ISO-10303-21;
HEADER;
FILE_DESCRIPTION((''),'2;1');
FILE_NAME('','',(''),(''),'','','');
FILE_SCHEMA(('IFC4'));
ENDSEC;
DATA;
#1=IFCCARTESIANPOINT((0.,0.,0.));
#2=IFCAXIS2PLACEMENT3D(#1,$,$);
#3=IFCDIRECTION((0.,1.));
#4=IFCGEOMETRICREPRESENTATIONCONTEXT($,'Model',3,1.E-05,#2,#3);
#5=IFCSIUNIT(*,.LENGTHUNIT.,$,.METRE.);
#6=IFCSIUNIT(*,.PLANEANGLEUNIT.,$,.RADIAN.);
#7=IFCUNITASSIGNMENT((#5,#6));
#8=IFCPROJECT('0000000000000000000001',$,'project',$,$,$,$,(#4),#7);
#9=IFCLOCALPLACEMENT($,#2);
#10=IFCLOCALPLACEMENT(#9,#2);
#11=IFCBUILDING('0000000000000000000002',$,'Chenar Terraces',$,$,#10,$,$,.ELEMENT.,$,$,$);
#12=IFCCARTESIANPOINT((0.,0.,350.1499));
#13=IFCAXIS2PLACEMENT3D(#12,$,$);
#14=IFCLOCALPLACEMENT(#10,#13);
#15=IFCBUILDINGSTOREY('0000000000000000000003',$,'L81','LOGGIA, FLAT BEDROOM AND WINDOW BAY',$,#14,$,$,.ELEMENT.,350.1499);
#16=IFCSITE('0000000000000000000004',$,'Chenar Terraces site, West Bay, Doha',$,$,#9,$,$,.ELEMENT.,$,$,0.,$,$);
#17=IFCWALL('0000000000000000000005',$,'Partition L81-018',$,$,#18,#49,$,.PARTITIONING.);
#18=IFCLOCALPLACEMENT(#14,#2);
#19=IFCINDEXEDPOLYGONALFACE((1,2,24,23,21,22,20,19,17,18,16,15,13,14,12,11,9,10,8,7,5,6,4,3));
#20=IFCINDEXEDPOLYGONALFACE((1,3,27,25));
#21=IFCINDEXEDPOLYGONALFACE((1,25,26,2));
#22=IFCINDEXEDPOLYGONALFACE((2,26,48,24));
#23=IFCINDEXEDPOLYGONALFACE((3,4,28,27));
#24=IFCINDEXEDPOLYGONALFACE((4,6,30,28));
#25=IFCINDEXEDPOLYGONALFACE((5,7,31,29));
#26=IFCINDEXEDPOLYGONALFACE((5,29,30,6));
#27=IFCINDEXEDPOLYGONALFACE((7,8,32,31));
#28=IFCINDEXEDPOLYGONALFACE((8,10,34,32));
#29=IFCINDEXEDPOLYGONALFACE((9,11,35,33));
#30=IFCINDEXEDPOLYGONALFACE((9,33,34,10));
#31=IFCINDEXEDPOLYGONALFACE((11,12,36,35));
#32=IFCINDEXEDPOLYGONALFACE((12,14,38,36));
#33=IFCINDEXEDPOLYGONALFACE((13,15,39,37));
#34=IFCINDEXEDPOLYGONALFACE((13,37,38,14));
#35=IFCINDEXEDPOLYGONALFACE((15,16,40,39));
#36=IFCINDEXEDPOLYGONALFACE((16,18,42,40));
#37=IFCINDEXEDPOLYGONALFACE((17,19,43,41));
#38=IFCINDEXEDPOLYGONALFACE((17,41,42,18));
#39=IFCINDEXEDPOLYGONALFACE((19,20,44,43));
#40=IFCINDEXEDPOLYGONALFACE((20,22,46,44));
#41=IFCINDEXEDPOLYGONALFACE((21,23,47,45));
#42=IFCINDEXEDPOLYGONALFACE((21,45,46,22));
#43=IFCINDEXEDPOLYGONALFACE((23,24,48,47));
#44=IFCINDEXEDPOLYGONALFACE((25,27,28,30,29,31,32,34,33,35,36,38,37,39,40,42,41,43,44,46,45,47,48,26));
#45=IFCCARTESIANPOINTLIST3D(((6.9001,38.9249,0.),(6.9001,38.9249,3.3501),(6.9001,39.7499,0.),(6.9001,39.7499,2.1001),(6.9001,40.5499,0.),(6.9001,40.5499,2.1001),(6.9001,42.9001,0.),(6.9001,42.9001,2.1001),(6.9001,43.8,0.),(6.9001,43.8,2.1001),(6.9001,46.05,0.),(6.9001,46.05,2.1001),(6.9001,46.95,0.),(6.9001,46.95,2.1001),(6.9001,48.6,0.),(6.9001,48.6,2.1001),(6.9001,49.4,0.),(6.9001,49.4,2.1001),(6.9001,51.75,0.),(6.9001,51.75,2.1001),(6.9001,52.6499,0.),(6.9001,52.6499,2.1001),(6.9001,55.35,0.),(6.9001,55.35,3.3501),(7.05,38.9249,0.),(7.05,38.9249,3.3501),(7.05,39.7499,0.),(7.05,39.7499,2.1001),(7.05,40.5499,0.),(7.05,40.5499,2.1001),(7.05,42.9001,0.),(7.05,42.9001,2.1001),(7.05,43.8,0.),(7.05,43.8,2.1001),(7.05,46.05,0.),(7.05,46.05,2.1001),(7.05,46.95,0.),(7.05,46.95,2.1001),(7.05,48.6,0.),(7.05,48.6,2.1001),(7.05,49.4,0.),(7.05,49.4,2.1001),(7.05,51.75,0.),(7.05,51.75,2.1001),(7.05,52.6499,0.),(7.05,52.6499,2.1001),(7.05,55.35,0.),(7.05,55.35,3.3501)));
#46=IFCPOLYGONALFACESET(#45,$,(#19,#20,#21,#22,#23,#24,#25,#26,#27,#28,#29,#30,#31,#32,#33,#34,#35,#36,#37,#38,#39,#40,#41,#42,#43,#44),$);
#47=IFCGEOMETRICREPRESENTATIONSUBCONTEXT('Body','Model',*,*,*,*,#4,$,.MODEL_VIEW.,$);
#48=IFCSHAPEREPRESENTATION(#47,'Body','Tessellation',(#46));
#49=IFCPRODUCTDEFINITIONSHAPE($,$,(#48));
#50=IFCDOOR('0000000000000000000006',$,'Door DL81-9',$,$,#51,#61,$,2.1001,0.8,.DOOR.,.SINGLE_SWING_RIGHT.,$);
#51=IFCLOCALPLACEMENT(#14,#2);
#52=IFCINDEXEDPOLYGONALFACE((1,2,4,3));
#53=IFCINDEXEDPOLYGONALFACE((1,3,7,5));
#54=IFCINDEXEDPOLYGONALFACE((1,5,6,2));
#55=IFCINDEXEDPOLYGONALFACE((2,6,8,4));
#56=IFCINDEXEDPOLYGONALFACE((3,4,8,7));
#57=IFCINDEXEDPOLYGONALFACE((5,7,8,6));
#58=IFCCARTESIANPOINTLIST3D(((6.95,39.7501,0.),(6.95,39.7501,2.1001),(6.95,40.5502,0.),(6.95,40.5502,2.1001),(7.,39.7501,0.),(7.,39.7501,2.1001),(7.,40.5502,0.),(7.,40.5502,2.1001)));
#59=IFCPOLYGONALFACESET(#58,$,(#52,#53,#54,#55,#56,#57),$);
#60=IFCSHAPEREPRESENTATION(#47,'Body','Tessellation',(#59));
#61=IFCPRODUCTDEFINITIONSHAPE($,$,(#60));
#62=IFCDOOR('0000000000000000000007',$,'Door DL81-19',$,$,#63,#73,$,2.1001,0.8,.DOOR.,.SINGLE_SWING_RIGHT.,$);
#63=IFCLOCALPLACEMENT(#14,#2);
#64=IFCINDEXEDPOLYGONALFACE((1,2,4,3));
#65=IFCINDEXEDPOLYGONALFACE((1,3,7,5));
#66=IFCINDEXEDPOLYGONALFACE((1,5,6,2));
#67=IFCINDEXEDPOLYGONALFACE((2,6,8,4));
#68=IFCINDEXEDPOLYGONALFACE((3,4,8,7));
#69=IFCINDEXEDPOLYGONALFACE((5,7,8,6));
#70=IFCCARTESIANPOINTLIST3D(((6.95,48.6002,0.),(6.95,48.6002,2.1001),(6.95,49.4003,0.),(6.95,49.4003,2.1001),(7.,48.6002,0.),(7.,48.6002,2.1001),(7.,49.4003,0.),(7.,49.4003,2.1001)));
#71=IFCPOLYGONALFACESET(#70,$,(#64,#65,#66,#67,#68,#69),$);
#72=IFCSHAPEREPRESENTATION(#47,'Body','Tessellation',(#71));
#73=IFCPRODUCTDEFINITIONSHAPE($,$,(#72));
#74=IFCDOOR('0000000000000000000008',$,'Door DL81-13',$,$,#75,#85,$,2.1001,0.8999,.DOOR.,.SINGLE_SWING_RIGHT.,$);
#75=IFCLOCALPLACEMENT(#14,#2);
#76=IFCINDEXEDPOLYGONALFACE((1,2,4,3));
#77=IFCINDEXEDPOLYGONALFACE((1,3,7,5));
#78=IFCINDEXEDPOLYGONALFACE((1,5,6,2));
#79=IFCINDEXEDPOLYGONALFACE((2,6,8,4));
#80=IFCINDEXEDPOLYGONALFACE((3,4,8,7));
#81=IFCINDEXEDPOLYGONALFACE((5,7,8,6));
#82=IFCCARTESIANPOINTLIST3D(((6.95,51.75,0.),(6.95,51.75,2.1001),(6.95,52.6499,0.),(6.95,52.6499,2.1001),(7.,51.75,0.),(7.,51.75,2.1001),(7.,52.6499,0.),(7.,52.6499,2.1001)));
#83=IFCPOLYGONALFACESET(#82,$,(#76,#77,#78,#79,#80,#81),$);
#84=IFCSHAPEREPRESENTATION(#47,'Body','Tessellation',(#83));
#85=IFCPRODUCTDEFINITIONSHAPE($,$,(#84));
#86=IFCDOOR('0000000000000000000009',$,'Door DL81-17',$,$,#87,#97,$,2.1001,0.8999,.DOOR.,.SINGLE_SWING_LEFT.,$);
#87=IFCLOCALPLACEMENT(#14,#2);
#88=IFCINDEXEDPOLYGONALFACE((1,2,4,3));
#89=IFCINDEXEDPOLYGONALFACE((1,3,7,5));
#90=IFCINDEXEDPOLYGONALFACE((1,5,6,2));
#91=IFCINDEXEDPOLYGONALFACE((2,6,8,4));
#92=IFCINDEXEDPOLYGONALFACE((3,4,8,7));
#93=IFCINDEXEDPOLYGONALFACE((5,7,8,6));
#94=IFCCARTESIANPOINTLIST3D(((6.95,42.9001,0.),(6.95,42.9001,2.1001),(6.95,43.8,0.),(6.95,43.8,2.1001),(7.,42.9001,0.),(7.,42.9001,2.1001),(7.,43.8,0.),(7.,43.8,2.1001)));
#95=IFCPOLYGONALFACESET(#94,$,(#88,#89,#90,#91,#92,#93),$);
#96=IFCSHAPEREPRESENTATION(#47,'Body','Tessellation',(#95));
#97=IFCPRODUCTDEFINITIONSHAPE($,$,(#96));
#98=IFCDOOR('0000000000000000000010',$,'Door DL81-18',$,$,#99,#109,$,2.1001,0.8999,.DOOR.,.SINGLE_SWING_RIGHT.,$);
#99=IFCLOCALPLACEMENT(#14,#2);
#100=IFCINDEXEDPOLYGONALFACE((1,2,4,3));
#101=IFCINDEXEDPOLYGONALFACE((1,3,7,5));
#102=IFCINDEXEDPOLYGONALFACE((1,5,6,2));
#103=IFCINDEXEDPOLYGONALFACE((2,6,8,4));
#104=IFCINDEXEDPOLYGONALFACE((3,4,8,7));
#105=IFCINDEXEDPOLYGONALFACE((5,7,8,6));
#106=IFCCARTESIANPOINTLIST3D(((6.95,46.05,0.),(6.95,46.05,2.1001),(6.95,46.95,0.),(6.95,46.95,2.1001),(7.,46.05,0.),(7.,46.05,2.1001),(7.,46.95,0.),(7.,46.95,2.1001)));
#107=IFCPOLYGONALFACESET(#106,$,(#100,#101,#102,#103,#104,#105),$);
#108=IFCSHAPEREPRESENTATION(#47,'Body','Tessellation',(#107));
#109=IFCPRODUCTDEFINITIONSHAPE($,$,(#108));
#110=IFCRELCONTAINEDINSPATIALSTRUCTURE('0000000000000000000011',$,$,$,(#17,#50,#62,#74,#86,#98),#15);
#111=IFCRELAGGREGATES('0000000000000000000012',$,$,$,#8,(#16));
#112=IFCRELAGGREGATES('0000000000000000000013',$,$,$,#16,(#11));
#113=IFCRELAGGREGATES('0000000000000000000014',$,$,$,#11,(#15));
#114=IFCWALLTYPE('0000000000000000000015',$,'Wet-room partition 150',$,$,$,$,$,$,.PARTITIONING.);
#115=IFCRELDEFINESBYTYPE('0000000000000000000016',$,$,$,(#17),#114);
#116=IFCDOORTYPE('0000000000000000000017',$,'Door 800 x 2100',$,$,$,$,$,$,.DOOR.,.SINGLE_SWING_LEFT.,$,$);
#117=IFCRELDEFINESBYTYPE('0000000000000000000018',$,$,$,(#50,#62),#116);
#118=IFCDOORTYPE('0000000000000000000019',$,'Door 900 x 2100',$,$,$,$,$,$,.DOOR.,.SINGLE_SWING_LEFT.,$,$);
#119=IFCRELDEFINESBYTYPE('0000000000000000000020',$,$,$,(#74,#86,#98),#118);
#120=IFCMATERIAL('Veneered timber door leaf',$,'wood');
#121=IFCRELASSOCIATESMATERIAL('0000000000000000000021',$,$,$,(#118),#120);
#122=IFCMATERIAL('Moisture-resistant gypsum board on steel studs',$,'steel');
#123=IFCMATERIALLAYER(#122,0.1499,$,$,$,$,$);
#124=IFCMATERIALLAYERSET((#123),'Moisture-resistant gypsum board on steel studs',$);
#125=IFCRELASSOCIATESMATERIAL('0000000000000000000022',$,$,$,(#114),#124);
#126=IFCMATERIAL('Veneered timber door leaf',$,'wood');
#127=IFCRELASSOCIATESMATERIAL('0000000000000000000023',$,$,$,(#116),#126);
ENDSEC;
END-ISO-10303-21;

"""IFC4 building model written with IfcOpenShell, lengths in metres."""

from ifc_helpers import new_model, si_unit, direction, frame, frame_2d, origin, place, context, subcontext, project, spatial, rectangle, extrude, material, layer, layer_set, type_object, element, fill, save


model = new_model("IFC4")

# Units and contexts
model_context = context("Model", 3, precision=1e-05, world=origin(), true_north=direction((0.0, 1.0)))
body_context = subcontext(model_context, "Body", "Model", "MODEL_VIEW")
ifc_project = project(units=[si_unit("LENGTHUNIT", "METRE"), si_unit("PLANEANGLEUNIT", "RADIAN")], contexts=[model_context])

# Site, building, storey
site_placement = place(None, origin())
site = spatial("IfcSite", under=ifc_project, at=site_placement, Name="Chenar Terraces site, West Bay, Doha", CompositionType="ELEMENT", RefElevation=0.0)
building_placement = place(site_placement, origin())
building = spatial("IfcBuilding", under=site, at=building_placement, Name="Chenar Terraces", CompositionType="ELEMENT")
storey_placement = place(building_placement, frame((0.0, 0.0, 350.1499)))
storey = spatial("IfcBuildingStorey", under=building, at=storey_placement, Name="L81", Description="LOGGIA, FLAT BEDROOM AND WINDOW BAY", CompositionType="ELEMENT", Elevation=350.1499)

# Shared definitions
ifc_material_1 = material(Name="Veneered timber door leaf", Category="wood")
door_type_1 = type_object("IfcDoorType", Name="Door 900 x 2100", OperationType="SINGLE_SWING_LEFT", PredefinedType="DOOR", material=ifc_material_1)

# Shared definitions
ifc_material_2 = material(Name="Moisture-resistant gypsum board on steel studs", Category="steel")
ifc_layer_1 = layer(ifc_material_2, 0.1499)
ifc_layer_set_1 = layer_set([ifc_layer_1], Name="Moisture-resistant gypsum board on steel studs")
wall_type_1 = type_object("IfcWallType", Name="Wet-room partition 150", PredefinedType="PARTITIONING", material=ifc_layer_set_1)

# Shared definitions
ifc_material_3 = material(Name="Veneered timber door leaf", Category="wood")
door_type_2 = type_object("IfcDoorType", Name="Door 800 x 2100", OperationType="SINGLE_SWING_LEFT", PredefinedType="DOOR", material=ifc_material_3)

# Wall, openings, doors
wall_1_placement = place(storey_placement, frame((6.9751, 38.925, 0.0), z_axis=(0.0, 0.0, 1.0), x_axis=(0.0, 1.0, 0.0)))
wall_1 = element("IfcWall", 1, at=wall_1_placement, inside=storey, type_object=wall_type_1, Name="Partition L81-018", PredefinedType="PARTITIONING", context=body_context, shape_type="SweptSolid", body=[
    extrude(rectangle(XDim=16.425, YDim=0.1499, at=frame_2d((8.2124, 0.0))), origin(), (0.0, 0.0, 1.0), 3.3501),
])
opening_1_placement = place(wall_1_placement, frame((0.825, 0.0, 0.0)))
opening_1 = element("IfcOpeningElement", 2, at=opening_1_placement, cuts=wall_1, PredefinedType="OPENING", context=body_context, shape_type="SweptSolid", body=[
    extrude(rectangle(XDim=0.8, YDim=2.1001, at=frame_2d((0.3999, 1.05))), frame((0.0, 0.085, 0.0), z_axis=(0.0, -1.0, 0.0), x_axis=(1.0, 0.0, 0.0)), (0.0, 0.0, 1.0), 0.1699),
])
opening_2_placement = place(wall_1_placement, frame((12.825, 0.0, 0.0)))
opening_2 = element("IfcOpeningElement", 3, at=opening_2_placement, cuts=wall_1, PredefinedType="OPENING", context=body_context, shape_type="SweptSolid", body=[
    extrude(rectangle(XDim=0.8999, YDim=2.1001, at=frame_2d((0.45, 1.05))), frame((0.0, 0.085, 0.0), z_axis=(0.0, -1.0, 0.0), x_axis=(1.0, 0.0, 0.0)), (0.0, 0.0, 1.0), 0.1699),
])
opening_3_placement = place(wall_1_placement, frame((3.9751, 0.0, 0.0)))
opening_3 = element("IfcOpeningElement", 4, at=opening_3_placement, cuts=wall_1, PredefinedType="OPENING", context=body_context, shape_type="SweptSolid", body=[
    extrude(rectangle(XDim=0.8999, YDim=2.1001, at=frame_2d((0.45, 1.05))), frame((0.0, 0.085, 0.0), z_axis=(0.0, -1.0, 0.0), x_axis=(1.0, 0.0, 0.0)), (0.0, 0.0, 1.0), 0.1699),
])
opening_4_placement = place(wall_1_placement, frame((7.125, 0.0, 0.0)))
opening_4 = element("IfcOpeningElement", 5, at=opening_4_placement, cuts=wall_1, PredefinedType="OPENING", context=body_context, shape_type="SweptSolid", body=[
    extrude(rectangle(XDim=0.8999, YDim=2.1001, at=frame_2d((0.45, 1.05))), frame((0.0, 0.085, 0.0), z_axis=(0.0, -1.0, 0.0), x_axis=(1.0, 0.0, 0.0)), (0.0, 0.0, 1.0), 0.1699),
])
opening_5_placement = place(wall_1_placement, frame((9.675, 0.0, 0.0)))
opening_5 = element("IfcOpeningElement", 6, at=opening_5_placement, cuts=wall_1, PredefinedType="OPENING", context=body_context, shape_type="SweptSolid", body=[
    extrude(rectangle(XDim=0.8, YDim=2.1001, at=frame_2d((0.3999, 1.05))), frame((0.0, 0.085, 0.0), z_axis=(0.0, -1.0, 0.0), x_axis=(1.0, 0.0, 0.0)), (0.0, 0.0, 1.0), 0.1699),
])
door_1_placement = place(opening_1_placement, frame((0.8, 0.0, 0.0), z_axis=(0.0, 0.0, 1.0), x_axis=(-1.0, 0.0, 0.0)))
door_1 = element("IfcDoor", 7, at=door_1_placement, inside=storey, type_object=door_type_2, Name="Door DL81-9", OperationType="SINGLE_SWING_RIGHT", OverallHeight=2.1001, OverallWidth=0.8, PredefinedType="DOOR", context=body_context, shape_type="SweptSolid", body=[
    extrude(rectangle(XDim=0.8, YDim=2.1001, at=frame_2d((0.3999, 1.05))), frame((0.0, 0.0249, 0.0), z_axis=(0.0, -1.0, 0.0), x_axis=(1.0, 0.0, 0.0)), (0.0, 0.0, 1.0), 0.05),
])
fill(opening_1, door_1)
door_2_placement = place(opening_5_placement, frame((0.8, 0.0, 0.0), z_axis=(0.0, 0.0, 1.0), x_axis=(-1.0, 0.0, 0.0)))
door_2 = element("IfcDoor", 8, at=door_2_placement, inside=storey, type_object=door_type_2, Name="Door DL81-19", OperationType="SINGLE_SWING_RIGHT", OverallHeight=2.1001, OverallWidth=0.8, PredefinedType="DOOR", context=body_context, shape_type="SweptSolid", body=[
    extrude(rectangle(XDim=0.8, YDim=2.1001, at=frame_2d((0.3999, 1.05))), frame((0.0, 0.0249, 0.0), z_axis=(0.0, -1.0, 0.0), x_axis=(1.0, 0.0, 0.0)), (0.0, 0.0, 1.0), 0.05),
])
fill(opening_5, door_2)
door_3_placement = place(opening_2_placement, frame((0.8999, 0.0, 0.0), z_axis=(0.0, 0.0, 1.0), x_axis=(-1.0, 0.0, 0.0)))
door_3 = element("IfcDoor", 9, at=door_3_placement, inside=storey, type_object=door_type_1, Name="Door DL81-13", OperationType="SINGLE_SWING_RIGHT", OverallHeight=2.1001, OverallWidth=0.8999, PredefinedType="DOOR", context=body_context, shape_type="SweptSolid", body=[
    extrude(rectangle(XDim=0.8999, YDim=2.1001, at=frame_2d((0.45, 1.05))), frame((0.0, 0.0249, 0.0), z_axis=(0.0, -1.0, 0.0), x_axis=(1.0, 0.0, 0.0)), (0.0, 0.0, 1.0), 0.05),
])
fill(opening_2, door_3)
door_4_placement = place(opening_3_placement, frame((0.8999, 0.0, 0.0), z_axis=(0.0, 0.0, 1.0), x_axis=(-1.0, 0.0, 0.0)))
door_4 = element("IfcDoor", 10, at=door_4_placement, inside=storey, type_object=door_type_1, Name="Door DL81-17", OperationType="SINGLE_SWING_LEFT", OverallHeight=2.1001, OverallWidth=0.8999, PredefinedType="DOOR", context=body_context, shape_type="SweptSolid", body=[
    extrude(rectangle(XDim=0.8999, YDim=2.1001, at=frame_2d((0.45, 1.05))), frame((0.0, 0.0249, 0.0), z_axis=(0.0, -1.0, 0.0), x_axis=(1.0, 0.0, 0.0)), (0.0, 0.0, 1.0), 0.05),
])
fill(opening_3, door_4)
door_5_placement = place(opening_4_placement, frame((0.8999, 0.0, 0.0), z_axis=(0.0, 0.0, 1.0), x_axis=(-1.0, 0.0, 0.0)))
door_5 = element("IfcDoor", 11, at=door_5_placement, inside=storey, type_object=door_type_1, Name="Door DL81-18", OperationType="SINGLE_SWING_RIGHT", OverallHeight=2.1001, OverallWidth=0.8999, PredefinedType="DOOR", context=body_context, shape_type="SweptSolid", body=[
    extrude(rectangle(XDim=0.8999, YDim=2.1001, at=frame_2d((0.45, 1.05))), frame((0.0, 0.0249, 0.0), z_axis=(0.0, -1.0, 0.0), x_axis=(1.0, 0.0, 0.0)), (0.0, 0.0, 1.0), 0.05),
])
fill(opening_4, door_5)

save(model, "model.ifc")
